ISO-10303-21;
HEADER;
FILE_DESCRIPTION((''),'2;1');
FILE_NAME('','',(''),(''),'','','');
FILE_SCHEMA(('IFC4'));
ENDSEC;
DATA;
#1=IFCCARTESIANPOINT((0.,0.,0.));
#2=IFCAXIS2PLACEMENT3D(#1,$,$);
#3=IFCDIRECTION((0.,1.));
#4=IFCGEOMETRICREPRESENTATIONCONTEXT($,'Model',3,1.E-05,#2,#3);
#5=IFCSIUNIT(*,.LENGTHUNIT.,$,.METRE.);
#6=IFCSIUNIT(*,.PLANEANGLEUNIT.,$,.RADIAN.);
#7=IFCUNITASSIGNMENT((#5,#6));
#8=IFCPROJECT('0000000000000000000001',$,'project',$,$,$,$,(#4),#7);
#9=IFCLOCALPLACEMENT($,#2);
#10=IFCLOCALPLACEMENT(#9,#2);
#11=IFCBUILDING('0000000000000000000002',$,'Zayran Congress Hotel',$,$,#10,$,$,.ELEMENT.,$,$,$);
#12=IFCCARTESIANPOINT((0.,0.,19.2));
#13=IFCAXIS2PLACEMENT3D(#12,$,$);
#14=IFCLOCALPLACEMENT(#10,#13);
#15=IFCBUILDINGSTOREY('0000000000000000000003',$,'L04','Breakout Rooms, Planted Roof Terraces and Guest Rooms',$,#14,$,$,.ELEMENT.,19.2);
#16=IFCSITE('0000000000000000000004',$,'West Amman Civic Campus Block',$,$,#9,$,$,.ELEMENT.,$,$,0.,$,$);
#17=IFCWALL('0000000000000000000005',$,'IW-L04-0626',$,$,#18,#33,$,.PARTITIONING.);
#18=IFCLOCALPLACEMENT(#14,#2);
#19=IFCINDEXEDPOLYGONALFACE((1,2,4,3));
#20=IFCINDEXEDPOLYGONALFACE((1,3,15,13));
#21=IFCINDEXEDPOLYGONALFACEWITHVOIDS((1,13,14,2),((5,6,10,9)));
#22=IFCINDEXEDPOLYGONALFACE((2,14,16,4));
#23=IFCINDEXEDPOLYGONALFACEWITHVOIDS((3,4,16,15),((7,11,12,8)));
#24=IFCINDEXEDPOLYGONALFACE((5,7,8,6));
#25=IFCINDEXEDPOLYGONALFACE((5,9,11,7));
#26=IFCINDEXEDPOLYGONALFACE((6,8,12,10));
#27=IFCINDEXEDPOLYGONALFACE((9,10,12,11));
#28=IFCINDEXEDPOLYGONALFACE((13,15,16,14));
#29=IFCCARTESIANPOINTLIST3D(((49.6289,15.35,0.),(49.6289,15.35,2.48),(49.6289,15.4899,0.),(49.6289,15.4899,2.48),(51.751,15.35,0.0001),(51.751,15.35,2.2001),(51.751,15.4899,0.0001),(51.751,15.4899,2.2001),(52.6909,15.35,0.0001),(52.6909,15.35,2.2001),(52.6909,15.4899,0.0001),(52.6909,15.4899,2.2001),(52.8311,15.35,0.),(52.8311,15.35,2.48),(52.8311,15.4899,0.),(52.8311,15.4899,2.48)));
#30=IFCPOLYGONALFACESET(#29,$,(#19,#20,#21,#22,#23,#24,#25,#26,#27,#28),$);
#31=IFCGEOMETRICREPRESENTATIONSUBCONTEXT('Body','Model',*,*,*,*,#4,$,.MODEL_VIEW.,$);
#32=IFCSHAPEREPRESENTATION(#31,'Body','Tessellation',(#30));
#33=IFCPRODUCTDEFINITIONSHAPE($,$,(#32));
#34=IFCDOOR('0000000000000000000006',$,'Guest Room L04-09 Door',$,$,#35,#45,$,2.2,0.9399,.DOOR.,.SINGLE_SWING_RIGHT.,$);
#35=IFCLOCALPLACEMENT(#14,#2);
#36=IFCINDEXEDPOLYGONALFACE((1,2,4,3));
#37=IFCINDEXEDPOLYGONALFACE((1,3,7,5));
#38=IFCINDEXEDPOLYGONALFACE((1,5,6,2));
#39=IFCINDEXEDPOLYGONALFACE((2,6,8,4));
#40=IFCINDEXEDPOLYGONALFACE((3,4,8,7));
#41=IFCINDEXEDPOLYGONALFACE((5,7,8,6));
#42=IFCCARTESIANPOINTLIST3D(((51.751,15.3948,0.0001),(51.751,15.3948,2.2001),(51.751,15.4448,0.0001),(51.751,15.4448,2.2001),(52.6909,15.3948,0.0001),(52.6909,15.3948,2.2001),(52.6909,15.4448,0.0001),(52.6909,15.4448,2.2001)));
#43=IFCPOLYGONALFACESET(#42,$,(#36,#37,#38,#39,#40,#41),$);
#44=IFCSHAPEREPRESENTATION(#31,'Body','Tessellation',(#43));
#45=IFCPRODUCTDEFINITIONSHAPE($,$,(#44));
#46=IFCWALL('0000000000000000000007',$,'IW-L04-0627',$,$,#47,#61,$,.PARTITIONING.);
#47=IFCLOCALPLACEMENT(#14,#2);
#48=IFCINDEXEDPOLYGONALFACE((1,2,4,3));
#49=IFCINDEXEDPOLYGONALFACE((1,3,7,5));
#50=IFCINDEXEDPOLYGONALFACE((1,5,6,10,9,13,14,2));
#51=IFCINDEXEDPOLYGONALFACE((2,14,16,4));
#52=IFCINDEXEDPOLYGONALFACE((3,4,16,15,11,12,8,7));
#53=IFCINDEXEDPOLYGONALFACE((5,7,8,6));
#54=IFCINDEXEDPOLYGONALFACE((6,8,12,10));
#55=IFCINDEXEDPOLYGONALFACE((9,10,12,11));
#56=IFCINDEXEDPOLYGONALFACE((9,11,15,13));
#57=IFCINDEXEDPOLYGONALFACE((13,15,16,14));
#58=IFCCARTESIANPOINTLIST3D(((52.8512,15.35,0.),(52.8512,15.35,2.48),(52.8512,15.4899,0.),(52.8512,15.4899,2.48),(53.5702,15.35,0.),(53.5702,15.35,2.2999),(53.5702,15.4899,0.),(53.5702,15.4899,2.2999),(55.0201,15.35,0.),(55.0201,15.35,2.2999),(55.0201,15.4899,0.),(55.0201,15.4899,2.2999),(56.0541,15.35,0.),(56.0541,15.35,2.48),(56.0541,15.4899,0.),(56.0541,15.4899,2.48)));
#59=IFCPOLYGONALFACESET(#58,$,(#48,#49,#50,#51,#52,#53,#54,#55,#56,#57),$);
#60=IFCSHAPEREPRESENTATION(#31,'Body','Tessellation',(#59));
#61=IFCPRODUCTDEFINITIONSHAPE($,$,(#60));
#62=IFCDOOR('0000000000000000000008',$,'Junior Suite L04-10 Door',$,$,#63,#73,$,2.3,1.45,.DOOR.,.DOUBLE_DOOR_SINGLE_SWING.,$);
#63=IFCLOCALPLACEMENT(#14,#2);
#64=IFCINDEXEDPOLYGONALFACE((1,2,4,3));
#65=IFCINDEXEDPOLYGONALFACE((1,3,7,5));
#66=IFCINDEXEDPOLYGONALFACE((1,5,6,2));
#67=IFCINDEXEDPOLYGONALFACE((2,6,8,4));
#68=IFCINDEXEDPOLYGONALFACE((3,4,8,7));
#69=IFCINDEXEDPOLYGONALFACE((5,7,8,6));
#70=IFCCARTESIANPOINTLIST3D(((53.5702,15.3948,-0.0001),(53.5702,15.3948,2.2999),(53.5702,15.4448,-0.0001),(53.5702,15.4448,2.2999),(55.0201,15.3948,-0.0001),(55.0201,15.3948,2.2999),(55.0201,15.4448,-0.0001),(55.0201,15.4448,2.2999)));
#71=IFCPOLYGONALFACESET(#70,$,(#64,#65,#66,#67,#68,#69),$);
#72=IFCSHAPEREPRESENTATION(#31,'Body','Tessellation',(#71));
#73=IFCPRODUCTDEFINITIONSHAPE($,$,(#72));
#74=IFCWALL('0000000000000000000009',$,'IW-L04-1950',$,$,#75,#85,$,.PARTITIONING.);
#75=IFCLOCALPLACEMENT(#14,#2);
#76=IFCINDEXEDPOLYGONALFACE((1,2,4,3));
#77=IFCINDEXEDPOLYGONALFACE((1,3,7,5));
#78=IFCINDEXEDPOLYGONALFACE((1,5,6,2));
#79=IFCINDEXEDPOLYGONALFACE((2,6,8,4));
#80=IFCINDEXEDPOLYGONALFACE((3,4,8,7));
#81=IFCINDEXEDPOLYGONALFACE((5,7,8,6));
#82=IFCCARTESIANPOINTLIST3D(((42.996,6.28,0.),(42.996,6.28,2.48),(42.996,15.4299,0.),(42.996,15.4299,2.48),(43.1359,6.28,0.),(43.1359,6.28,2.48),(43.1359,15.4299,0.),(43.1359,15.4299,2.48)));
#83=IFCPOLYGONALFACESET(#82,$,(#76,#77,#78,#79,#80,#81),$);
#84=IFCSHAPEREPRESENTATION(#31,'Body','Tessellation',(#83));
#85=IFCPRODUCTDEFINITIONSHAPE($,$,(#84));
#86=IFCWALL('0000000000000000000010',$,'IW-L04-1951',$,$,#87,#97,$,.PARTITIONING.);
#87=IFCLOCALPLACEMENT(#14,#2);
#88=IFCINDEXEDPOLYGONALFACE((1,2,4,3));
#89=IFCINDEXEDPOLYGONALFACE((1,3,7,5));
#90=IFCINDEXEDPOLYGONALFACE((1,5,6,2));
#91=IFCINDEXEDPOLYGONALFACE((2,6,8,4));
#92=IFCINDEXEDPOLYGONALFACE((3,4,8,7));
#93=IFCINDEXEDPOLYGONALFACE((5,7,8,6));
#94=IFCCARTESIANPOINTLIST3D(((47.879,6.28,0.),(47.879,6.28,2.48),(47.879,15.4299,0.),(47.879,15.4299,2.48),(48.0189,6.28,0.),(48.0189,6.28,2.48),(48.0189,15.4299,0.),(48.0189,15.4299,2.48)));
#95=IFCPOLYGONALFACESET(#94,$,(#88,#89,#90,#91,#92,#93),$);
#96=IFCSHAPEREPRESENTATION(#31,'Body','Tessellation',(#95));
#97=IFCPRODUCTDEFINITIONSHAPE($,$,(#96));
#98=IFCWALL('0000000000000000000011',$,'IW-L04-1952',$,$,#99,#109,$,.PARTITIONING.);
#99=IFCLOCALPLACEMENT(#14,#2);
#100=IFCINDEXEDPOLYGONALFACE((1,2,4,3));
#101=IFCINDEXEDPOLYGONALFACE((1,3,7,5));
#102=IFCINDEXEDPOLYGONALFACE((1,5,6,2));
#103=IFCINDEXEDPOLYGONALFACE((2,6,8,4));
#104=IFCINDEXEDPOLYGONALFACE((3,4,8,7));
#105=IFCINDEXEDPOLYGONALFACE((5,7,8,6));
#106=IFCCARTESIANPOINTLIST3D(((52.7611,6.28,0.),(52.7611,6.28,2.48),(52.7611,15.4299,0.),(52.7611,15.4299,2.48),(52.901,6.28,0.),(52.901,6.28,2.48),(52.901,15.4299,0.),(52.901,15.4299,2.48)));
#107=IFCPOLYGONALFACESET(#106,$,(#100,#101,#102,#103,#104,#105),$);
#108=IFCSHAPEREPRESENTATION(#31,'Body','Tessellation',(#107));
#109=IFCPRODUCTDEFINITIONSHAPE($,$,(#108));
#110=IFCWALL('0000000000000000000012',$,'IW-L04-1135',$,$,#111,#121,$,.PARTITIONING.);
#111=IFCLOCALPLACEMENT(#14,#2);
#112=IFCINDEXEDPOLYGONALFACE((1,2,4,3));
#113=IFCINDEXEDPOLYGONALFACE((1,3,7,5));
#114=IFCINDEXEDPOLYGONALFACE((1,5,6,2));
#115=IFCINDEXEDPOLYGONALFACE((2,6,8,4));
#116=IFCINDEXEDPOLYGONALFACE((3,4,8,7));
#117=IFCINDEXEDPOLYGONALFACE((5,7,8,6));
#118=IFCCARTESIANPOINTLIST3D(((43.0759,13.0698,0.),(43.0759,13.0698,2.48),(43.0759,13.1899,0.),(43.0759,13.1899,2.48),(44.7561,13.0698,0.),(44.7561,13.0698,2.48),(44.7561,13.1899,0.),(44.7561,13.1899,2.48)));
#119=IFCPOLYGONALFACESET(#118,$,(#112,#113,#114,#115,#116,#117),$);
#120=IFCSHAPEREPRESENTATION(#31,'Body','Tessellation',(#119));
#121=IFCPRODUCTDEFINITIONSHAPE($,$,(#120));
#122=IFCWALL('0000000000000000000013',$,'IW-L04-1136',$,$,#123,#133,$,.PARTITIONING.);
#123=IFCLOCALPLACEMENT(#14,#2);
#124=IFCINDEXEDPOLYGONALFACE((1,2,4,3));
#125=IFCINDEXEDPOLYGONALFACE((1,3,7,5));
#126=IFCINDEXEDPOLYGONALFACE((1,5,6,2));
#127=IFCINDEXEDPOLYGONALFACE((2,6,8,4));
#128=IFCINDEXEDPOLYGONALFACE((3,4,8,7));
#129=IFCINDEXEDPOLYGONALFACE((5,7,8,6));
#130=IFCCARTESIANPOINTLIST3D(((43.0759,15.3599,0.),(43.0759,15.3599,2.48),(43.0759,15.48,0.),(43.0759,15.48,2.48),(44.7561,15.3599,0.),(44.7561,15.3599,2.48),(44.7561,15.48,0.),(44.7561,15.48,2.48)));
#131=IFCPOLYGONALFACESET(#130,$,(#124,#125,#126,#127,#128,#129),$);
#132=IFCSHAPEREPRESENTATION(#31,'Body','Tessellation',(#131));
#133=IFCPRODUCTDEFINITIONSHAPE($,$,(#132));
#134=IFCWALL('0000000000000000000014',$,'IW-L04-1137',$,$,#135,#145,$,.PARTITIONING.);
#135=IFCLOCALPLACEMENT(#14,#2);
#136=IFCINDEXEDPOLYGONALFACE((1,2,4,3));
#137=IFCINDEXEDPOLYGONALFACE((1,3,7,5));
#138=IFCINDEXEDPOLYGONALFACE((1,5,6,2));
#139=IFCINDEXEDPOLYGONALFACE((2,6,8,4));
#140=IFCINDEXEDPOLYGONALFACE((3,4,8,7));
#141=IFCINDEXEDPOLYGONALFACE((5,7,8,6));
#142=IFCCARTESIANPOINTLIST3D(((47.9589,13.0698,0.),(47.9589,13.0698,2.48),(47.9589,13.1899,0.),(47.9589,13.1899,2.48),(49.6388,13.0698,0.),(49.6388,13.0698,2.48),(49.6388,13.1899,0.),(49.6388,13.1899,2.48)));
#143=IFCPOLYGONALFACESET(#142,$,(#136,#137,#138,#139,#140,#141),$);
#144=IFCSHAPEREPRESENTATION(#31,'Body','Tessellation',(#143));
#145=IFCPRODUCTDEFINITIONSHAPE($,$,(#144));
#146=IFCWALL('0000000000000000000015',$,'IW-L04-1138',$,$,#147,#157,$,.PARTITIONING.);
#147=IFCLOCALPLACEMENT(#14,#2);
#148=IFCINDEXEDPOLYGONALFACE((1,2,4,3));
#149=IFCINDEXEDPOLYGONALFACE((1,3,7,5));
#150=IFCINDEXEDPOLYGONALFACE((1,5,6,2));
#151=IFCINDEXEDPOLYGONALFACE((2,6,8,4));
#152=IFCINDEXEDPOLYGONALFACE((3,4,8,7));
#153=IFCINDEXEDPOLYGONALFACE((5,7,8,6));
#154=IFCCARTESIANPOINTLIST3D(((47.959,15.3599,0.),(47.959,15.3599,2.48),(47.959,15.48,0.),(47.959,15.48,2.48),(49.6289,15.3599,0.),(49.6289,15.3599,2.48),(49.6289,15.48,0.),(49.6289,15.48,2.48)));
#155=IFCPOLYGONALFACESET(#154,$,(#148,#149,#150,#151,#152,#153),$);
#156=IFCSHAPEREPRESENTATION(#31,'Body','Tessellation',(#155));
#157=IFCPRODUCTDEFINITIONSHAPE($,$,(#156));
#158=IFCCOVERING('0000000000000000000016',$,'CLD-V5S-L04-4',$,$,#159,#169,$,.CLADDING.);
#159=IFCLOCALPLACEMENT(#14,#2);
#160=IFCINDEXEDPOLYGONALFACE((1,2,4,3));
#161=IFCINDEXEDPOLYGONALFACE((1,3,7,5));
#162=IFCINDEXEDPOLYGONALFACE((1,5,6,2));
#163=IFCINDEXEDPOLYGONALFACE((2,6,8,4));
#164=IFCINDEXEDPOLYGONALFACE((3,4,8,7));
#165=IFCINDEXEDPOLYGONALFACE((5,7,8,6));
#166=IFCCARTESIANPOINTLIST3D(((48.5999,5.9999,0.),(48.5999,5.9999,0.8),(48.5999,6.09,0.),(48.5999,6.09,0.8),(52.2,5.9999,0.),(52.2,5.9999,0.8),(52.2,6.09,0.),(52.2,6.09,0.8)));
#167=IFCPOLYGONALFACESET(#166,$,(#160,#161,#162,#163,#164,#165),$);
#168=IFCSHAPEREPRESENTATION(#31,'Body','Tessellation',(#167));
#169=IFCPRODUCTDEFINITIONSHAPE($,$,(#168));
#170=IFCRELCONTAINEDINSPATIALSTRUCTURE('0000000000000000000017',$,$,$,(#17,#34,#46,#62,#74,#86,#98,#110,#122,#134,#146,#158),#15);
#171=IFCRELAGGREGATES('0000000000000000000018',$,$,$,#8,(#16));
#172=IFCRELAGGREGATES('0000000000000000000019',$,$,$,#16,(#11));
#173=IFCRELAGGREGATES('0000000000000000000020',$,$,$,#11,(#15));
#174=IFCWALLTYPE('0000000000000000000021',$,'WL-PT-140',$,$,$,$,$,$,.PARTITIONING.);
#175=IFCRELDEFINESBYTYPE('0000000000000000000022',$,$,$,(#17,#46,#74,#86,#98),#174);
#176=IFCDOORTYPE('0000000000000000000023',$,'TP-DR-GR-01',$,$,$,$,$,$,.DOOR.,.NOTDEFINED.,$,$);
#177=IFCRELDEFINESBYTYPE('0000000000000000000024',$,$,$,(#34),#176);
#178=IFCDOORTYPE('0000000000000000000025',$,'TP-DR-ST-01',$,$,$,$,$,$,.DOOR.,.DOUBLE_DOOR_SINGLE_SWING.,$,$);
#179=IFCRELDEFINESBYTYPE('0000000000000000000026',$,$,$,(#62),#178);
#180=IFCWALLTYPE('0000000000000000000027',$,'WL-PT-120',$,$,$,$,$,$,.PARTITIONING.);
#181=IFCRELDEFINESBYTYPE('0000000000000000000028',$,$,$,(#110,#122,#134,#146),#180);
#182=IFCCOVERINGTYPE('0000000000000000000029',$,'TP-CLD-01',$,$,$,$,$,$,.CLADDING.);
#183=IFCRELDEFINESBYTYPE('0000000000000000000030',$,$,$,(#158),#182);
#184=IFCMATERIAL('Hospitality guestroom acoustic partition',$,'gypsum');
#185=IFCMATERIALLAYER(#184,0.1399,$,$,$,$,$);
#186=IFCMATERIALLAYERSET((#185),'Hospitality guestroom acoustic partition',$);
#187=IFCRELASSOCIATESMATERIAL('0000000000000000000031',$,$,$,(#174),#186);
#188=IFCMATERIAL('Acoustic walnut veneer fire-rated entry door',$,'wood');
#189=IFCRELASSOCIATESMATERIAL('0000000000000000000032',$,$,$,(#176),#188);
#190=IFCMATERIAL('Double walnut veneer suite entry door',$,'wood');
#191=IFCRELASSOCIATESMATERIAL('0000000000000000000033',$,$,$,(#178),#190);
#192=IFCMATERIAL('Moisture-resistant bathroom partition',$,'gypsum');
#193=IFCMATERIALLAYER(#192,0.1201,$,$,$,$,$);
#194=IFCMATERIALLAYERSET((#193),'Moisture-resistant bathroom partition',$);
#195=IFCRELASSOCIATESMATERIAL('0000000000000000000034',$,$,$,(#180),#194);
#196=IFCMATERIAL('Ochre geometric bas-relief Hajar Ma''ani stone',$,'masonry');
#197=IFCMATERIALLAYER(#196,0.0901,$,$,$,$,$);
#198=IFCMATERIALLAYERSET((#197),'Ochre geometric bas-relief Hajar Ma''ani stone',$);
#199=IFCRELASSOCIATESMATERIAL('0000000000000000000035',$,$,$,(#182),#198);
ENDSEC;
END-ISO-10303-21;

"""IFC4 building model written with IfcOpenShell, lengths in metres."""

from ifc_helpers import new_model, si_unit, direction, frame, frame_2d, origin, origin_2d, place, context, subcontext, project, spatial, rectangle, extrude, material, layer, layer_set, type_object, element, fill, save


model = new_model("IFC4")

# Units and contexts
model_context = context("Model", 3, precision=1e-05, world=origin(), true_north=direction((0.0, 1.0)))
body_context = subcontext(model_context, "Body", "Model", "MODEL_VIEW")
ifc_project = project(units=[si_unit("LENGTHUNIT", "METRE"), si_unit("PLANEANGLEUNIT", "RADIAN")], contexts=[model_context])

# Site, building, storey
site_placement = place(None, origin())
site = spatial("IfcSite", under=ifc_project, at=site_placement, Name="West Amman Civic Campus Block", CompositionType="ELEMENT", RefElevation=0.0)
building_placement = place(site_placement, origin())
building = spatial("IfcBuilding", under=site, at=building_placement, Name="Zayran Congress Hotel", CompositionType="ELEMENT")
storey_placement = place(building_placement, frame((0.0, 0.0, 19.2)))
storey = spatial("IfcBuildingStorey", under=building, at=storey_placement, Name="L04", Description="Breakout Rooms, Planted Roof Terraces and Guest Rooms", CompositionType="ELEMENT", Elevation=19.2)

# Walls, openings, doors
ifc_material_1 = material(Name="Hospitality guestroom acoustic partition", Category="gypsum")
ifc_layer_1 = layer(ifc_material_1, 0.1399)
ifc_layer_set_1 = layer_set([ifc_layer_1], Name="Hospitality guestroom acoustic partition")
wall_type_1 = type_object("IfcWallType", Name="WL-PT-140", PredefinedType="PARTITIONING", material=ifc_layer_set_1)
ifc_material_2 = material(Name="Acoustic walnut veneer fire-rated entry door", Category="wood")
door_type_1 = type_object("IfcDoorType", Name="TP-DR-GR-01", OperationType="NOTDEFINED", PredefinedType="DOOR", material=ifc_material_2)
wall_1_placement = place(storey_placement, frame((49.6289, 15.4199, 0.0), z_axis=(0.0, 0.0, 1.0), x_axis=(1.0, 0.0, 0.0)))
wall_1 = element("IfcWall", 1, at=wall_1_placement, inside=storey, type_object=wall_type_1, Name="IW-L04-0626", PredefinedType="PARTITIONING", context=body_context, shape_type="SweptSolid", body=[
    extrude(rectangle(XDim=3.2021, YDim=0.1399, at=frame_2d((1.6011, 0.0))), origin(), (0.0, 0.0, 1.0), 2.48),
])
opening_1_placement = place(wall_1_placement, frame((2.1221, 0.0, 0.0)))
opening_1 = element("IfcOpeningElement", 2, at=opening_1_placement, cuts=wall_1, PredefinedType="OPENING", context=body_context, shape_type="SweptSolid", body=[
    extrude(rectangle(XDim=0.9399, YDim=2.2, at=frame_2d((0.47, 1.1001))), frame((0.0, 0.0798, 0.0), z_axis=(0.0, -1.0, 0.0), x_axis=(1.0, 0.0, 0.0)), (0.0, 0.0, 1.0), 0.1599),
])
door_1_placement = place(opening_1_placement, origin())
door_1 = element("IfcDoor", 3, at=door_1_placement, inside=storey, type_object=door_type_1, Name="Guest Room L04-09 Door", OperationType="SINGLE_SWING_RIGHT", OverallHeight=2.2, OverallWidth=0.9399, PredefinedType="DOOR", context=body_context, shape_type="SweptSolid", body=[
    extrude(rectangle(XDim=0.9399, YDim=2.2, at=frame_2d((0.47, 1.1001))), frame((0.0, 0.0249, 0.0), z_axis=(0.0, -1.0, 0.0), x_axis=(1.0, 0.0, 0.0)), (0.0, 0.0, 1.0), 0.05),
])
fill(opening_1, door_1)
wall_2_placement = place(storey_placement, frame((52.8511, 15.4199, 0.0), z_axis=(0.0, 0.0, 1.0), x_axis=(1.0, 0.0, 0.0)))
wall_2 = element("IfcWall", 4, at=wall_2_placement, inside=storey, type_object=wall_type_1, Name="IW-L04-0627", PredefinedType="PARTITIONING", context=body_context, shape_type="SweptSolid", body=[
    extrude(rectangle(XDim=3.2029, YDim=0.1399, at=frame_2d((1.6016, 0.0))), origin(), (0.0, 0.0, 1.0), 2.48),
])
opening_2_placement = place(wall_2_placement, frame((0.719, 0.0, 0.0)))
opening_2 = element("IfcOpeningElement", 5, at=opening_2_placement, cuts=wall_2, PredefinedType="OPENING", context=body_context, shape_type="SweptSolid", body=[
    extrude(rectangle(XDim=1.45, YDim=2.3, at=frame_2d((0.7251, 1.1499))), frame((0.0, 0.0798, 0.0), z_axis=(0.0, -1.0, 0.0), x_axis=(1.0, 0.0, 0.0)), (0.0, 0.0, 1.0), 0.1599),
])
ifc_material_3 = material(Name="Double walnut veneer suite entry door", Category="wood")
door_type_2 = type_object("IfcDoorType", Name="TP-DR-ST-01", OperationType="DOUBLE_DOOR_SINGLE_SWING", PredefinedType="DOOR", material=ifc_material_3)
door_2_placement = place(opening_2_placement, origin())
door_2 = element("IfcDoor", 6, at=door_2_placement, inside=storey, type_object=door_type_2, Name="Junior Suite L04-10 Door", OperationType="DOUBLE_DOOR_SINGLE_SWING", OverallHeight=2.3, OverallWidth=1.45, PredefinedType="DOOR", context=body_context, shape_type="SweptSolid", body=[
    extrude(rectangle(XDim=1.45, YDim=2.3, at=frame_2d((0.7251, 1.1499))), frame((0.0, 0.0249, 0.0), z_axis=(0.0, -1.0, 0.0), x_axis=(1.0, 0.0, 0.0)), (0.0, 0.0, 1.0), 0.05),
])
fill(opening_2, door_2)

# Walls
for number, where, z_axis, x_axis, name in (
    (7, (43.0659, 6.28, 0.0), (0.0, 0.0, 1.0), (0.0, 1.0, 0.0), "IW-L04-1950"),
    (8, (47.949, 6.28, 0.0), (0.0, 0.0, 1.0), (0.0, 1.0, 0.0), "IW-L04-1951"),
    (9, (52.8311, 6.28, 0.0), (0.0, 0.0, 1.0), (0.0, 1.0, 0.0), "IW-L04-1952"),
):
    element("IfcWall", number, at=place(storey_placement, frame(where, z_axis=z_axis, x_axis=x_axis)), inside=storey, type_object=wall_type_1, Name=name, PredefinedType="PARTITIONING", context=body_context, shape_type="SweptSolid", body=[
        extrude(rectangle(XDim=9.1499, YDim=0.1399, at=frame_2d((4.575, 0.0))), origin(), (0.0, 0.0, 1.0), 2.48),
    ])

# Shared definitions
ifc_material_4 = material(Name="Moisture-resistant bathroom partition", Category="gypsum")
ifc_layer_2 = layer(ifc_material_4, 0.1201)
ifc_layer_set_2 = layer_set([ifc_layer_2], Name="Moisture-resistant bathroom partition")
wall_type_2 = type_object("IfcWallType", Name="WL-PT-120", PredefinedType="PARTITIONING", material=ifc_layer_set_2)

# Walls
for number, where, z_axis, x_axis, name in (
    (10, (43.0759, 13.1299, 0.0), (0.0, 0.0, 1.0), (1.0, 0.0, 0.0), "IW-L04-1135"),
    (11, (43.0759, 15.4199, 0.0), (0.0, 0.0, 1.0), (1.0, 0.0, 0.0), "IW-L04-1136"),
):
    element("IfcWall", number, at=place(storey_placement, frame(where, z_axis=z_axis, x_axis=x_axis)), inside=storey, type_object=wall_type_2, Name=name, PredefinedType="PARTITIONING", context=body_context, shape_type="SweptSolid", body=[
        extrude(rectangle(XDim=1.6802, YDim=0.1201, at=frame_2d((0.8401, 0.0))), origin(), (0.0, 0.0, 1.0), 2.48),
    ])
wall_3_placement = place(storey_placement, frame((47.959, 13.1299, 0.0), z_axis=(0.0, 0.0, 1.0), x_axis=(1.0, 0.0, 0.0)))
element("IfcWall", 12, at=wall_3_placement, inside=storey, type_object=wall_type_2, Name="IW-L04-1137", PredefinedType="PARTITIONING", context=body_context, shape_type="SweptSolid", body=[
    extrude(rectangle(XDim=1.6799, YDim=0.1201, at=frame_2d((0.8398, 0.0))), origin(), (0.0, 0.0, 1.0), 2.48),
])
wall_4_placement = place(storey_placement, frame((47.959, 15.4199, 0.0), z_axis=(0.0, 0.0, 1.0), x_axis=(1.0, 0.0, 0.0)))
element("IfcWall", 13, at=wall_4_placement, inside=storey, type_object=wall_type_2, Name="IW-L04-1138", PredefinedType="PARTITIONING", context=body_context, shape_type="SweptSolid", body=[
    extrude(rectangle(XDim=1.6699, YDim=0.1201, at=frame_2d((0.835, 0.0))), origin(), (0.0, 0.0, 1.0), 2.48),
])

# Covering
ifc_material_5 = material(Name="Ochre geometric bas-relief Hajar Ma'ani stone", Category="masonry")
ifc_layer_3 = layer(ifc_material_5, 0.0901)
ifc_layer_set_3 = layer_set([ifc_layer_3], Name="Ochre geometric bas-relief Hajar Ma'ani stone")
covering_type = type_object("IfcCoveringType", Name="TP-CLD-01", PredefinedType="CLADDING", material=ifc_layer_set_3)
covering_placement = place(storey_placement, frame((50.3999, 6.0449, 0.0), z_axis=(0.0, 0.0, 1.0), x_axis=(1.0, 0.0, 0.0)))
element("IfcCovering", 14, at=covering_placement, inside=storey, type_object=covering_type, Name="CLD-V5S-L04-4", PredefinedType="CLADDING", context=body_context, shape_type="SweptSolid", body=[
    extrude(rectangle(XDim=3.6001, YDim=0.0901, at=origin_2d()), origin(), (0.0, 0.0, 1.0), 0.8),
])

save(model, "model.ifc")
